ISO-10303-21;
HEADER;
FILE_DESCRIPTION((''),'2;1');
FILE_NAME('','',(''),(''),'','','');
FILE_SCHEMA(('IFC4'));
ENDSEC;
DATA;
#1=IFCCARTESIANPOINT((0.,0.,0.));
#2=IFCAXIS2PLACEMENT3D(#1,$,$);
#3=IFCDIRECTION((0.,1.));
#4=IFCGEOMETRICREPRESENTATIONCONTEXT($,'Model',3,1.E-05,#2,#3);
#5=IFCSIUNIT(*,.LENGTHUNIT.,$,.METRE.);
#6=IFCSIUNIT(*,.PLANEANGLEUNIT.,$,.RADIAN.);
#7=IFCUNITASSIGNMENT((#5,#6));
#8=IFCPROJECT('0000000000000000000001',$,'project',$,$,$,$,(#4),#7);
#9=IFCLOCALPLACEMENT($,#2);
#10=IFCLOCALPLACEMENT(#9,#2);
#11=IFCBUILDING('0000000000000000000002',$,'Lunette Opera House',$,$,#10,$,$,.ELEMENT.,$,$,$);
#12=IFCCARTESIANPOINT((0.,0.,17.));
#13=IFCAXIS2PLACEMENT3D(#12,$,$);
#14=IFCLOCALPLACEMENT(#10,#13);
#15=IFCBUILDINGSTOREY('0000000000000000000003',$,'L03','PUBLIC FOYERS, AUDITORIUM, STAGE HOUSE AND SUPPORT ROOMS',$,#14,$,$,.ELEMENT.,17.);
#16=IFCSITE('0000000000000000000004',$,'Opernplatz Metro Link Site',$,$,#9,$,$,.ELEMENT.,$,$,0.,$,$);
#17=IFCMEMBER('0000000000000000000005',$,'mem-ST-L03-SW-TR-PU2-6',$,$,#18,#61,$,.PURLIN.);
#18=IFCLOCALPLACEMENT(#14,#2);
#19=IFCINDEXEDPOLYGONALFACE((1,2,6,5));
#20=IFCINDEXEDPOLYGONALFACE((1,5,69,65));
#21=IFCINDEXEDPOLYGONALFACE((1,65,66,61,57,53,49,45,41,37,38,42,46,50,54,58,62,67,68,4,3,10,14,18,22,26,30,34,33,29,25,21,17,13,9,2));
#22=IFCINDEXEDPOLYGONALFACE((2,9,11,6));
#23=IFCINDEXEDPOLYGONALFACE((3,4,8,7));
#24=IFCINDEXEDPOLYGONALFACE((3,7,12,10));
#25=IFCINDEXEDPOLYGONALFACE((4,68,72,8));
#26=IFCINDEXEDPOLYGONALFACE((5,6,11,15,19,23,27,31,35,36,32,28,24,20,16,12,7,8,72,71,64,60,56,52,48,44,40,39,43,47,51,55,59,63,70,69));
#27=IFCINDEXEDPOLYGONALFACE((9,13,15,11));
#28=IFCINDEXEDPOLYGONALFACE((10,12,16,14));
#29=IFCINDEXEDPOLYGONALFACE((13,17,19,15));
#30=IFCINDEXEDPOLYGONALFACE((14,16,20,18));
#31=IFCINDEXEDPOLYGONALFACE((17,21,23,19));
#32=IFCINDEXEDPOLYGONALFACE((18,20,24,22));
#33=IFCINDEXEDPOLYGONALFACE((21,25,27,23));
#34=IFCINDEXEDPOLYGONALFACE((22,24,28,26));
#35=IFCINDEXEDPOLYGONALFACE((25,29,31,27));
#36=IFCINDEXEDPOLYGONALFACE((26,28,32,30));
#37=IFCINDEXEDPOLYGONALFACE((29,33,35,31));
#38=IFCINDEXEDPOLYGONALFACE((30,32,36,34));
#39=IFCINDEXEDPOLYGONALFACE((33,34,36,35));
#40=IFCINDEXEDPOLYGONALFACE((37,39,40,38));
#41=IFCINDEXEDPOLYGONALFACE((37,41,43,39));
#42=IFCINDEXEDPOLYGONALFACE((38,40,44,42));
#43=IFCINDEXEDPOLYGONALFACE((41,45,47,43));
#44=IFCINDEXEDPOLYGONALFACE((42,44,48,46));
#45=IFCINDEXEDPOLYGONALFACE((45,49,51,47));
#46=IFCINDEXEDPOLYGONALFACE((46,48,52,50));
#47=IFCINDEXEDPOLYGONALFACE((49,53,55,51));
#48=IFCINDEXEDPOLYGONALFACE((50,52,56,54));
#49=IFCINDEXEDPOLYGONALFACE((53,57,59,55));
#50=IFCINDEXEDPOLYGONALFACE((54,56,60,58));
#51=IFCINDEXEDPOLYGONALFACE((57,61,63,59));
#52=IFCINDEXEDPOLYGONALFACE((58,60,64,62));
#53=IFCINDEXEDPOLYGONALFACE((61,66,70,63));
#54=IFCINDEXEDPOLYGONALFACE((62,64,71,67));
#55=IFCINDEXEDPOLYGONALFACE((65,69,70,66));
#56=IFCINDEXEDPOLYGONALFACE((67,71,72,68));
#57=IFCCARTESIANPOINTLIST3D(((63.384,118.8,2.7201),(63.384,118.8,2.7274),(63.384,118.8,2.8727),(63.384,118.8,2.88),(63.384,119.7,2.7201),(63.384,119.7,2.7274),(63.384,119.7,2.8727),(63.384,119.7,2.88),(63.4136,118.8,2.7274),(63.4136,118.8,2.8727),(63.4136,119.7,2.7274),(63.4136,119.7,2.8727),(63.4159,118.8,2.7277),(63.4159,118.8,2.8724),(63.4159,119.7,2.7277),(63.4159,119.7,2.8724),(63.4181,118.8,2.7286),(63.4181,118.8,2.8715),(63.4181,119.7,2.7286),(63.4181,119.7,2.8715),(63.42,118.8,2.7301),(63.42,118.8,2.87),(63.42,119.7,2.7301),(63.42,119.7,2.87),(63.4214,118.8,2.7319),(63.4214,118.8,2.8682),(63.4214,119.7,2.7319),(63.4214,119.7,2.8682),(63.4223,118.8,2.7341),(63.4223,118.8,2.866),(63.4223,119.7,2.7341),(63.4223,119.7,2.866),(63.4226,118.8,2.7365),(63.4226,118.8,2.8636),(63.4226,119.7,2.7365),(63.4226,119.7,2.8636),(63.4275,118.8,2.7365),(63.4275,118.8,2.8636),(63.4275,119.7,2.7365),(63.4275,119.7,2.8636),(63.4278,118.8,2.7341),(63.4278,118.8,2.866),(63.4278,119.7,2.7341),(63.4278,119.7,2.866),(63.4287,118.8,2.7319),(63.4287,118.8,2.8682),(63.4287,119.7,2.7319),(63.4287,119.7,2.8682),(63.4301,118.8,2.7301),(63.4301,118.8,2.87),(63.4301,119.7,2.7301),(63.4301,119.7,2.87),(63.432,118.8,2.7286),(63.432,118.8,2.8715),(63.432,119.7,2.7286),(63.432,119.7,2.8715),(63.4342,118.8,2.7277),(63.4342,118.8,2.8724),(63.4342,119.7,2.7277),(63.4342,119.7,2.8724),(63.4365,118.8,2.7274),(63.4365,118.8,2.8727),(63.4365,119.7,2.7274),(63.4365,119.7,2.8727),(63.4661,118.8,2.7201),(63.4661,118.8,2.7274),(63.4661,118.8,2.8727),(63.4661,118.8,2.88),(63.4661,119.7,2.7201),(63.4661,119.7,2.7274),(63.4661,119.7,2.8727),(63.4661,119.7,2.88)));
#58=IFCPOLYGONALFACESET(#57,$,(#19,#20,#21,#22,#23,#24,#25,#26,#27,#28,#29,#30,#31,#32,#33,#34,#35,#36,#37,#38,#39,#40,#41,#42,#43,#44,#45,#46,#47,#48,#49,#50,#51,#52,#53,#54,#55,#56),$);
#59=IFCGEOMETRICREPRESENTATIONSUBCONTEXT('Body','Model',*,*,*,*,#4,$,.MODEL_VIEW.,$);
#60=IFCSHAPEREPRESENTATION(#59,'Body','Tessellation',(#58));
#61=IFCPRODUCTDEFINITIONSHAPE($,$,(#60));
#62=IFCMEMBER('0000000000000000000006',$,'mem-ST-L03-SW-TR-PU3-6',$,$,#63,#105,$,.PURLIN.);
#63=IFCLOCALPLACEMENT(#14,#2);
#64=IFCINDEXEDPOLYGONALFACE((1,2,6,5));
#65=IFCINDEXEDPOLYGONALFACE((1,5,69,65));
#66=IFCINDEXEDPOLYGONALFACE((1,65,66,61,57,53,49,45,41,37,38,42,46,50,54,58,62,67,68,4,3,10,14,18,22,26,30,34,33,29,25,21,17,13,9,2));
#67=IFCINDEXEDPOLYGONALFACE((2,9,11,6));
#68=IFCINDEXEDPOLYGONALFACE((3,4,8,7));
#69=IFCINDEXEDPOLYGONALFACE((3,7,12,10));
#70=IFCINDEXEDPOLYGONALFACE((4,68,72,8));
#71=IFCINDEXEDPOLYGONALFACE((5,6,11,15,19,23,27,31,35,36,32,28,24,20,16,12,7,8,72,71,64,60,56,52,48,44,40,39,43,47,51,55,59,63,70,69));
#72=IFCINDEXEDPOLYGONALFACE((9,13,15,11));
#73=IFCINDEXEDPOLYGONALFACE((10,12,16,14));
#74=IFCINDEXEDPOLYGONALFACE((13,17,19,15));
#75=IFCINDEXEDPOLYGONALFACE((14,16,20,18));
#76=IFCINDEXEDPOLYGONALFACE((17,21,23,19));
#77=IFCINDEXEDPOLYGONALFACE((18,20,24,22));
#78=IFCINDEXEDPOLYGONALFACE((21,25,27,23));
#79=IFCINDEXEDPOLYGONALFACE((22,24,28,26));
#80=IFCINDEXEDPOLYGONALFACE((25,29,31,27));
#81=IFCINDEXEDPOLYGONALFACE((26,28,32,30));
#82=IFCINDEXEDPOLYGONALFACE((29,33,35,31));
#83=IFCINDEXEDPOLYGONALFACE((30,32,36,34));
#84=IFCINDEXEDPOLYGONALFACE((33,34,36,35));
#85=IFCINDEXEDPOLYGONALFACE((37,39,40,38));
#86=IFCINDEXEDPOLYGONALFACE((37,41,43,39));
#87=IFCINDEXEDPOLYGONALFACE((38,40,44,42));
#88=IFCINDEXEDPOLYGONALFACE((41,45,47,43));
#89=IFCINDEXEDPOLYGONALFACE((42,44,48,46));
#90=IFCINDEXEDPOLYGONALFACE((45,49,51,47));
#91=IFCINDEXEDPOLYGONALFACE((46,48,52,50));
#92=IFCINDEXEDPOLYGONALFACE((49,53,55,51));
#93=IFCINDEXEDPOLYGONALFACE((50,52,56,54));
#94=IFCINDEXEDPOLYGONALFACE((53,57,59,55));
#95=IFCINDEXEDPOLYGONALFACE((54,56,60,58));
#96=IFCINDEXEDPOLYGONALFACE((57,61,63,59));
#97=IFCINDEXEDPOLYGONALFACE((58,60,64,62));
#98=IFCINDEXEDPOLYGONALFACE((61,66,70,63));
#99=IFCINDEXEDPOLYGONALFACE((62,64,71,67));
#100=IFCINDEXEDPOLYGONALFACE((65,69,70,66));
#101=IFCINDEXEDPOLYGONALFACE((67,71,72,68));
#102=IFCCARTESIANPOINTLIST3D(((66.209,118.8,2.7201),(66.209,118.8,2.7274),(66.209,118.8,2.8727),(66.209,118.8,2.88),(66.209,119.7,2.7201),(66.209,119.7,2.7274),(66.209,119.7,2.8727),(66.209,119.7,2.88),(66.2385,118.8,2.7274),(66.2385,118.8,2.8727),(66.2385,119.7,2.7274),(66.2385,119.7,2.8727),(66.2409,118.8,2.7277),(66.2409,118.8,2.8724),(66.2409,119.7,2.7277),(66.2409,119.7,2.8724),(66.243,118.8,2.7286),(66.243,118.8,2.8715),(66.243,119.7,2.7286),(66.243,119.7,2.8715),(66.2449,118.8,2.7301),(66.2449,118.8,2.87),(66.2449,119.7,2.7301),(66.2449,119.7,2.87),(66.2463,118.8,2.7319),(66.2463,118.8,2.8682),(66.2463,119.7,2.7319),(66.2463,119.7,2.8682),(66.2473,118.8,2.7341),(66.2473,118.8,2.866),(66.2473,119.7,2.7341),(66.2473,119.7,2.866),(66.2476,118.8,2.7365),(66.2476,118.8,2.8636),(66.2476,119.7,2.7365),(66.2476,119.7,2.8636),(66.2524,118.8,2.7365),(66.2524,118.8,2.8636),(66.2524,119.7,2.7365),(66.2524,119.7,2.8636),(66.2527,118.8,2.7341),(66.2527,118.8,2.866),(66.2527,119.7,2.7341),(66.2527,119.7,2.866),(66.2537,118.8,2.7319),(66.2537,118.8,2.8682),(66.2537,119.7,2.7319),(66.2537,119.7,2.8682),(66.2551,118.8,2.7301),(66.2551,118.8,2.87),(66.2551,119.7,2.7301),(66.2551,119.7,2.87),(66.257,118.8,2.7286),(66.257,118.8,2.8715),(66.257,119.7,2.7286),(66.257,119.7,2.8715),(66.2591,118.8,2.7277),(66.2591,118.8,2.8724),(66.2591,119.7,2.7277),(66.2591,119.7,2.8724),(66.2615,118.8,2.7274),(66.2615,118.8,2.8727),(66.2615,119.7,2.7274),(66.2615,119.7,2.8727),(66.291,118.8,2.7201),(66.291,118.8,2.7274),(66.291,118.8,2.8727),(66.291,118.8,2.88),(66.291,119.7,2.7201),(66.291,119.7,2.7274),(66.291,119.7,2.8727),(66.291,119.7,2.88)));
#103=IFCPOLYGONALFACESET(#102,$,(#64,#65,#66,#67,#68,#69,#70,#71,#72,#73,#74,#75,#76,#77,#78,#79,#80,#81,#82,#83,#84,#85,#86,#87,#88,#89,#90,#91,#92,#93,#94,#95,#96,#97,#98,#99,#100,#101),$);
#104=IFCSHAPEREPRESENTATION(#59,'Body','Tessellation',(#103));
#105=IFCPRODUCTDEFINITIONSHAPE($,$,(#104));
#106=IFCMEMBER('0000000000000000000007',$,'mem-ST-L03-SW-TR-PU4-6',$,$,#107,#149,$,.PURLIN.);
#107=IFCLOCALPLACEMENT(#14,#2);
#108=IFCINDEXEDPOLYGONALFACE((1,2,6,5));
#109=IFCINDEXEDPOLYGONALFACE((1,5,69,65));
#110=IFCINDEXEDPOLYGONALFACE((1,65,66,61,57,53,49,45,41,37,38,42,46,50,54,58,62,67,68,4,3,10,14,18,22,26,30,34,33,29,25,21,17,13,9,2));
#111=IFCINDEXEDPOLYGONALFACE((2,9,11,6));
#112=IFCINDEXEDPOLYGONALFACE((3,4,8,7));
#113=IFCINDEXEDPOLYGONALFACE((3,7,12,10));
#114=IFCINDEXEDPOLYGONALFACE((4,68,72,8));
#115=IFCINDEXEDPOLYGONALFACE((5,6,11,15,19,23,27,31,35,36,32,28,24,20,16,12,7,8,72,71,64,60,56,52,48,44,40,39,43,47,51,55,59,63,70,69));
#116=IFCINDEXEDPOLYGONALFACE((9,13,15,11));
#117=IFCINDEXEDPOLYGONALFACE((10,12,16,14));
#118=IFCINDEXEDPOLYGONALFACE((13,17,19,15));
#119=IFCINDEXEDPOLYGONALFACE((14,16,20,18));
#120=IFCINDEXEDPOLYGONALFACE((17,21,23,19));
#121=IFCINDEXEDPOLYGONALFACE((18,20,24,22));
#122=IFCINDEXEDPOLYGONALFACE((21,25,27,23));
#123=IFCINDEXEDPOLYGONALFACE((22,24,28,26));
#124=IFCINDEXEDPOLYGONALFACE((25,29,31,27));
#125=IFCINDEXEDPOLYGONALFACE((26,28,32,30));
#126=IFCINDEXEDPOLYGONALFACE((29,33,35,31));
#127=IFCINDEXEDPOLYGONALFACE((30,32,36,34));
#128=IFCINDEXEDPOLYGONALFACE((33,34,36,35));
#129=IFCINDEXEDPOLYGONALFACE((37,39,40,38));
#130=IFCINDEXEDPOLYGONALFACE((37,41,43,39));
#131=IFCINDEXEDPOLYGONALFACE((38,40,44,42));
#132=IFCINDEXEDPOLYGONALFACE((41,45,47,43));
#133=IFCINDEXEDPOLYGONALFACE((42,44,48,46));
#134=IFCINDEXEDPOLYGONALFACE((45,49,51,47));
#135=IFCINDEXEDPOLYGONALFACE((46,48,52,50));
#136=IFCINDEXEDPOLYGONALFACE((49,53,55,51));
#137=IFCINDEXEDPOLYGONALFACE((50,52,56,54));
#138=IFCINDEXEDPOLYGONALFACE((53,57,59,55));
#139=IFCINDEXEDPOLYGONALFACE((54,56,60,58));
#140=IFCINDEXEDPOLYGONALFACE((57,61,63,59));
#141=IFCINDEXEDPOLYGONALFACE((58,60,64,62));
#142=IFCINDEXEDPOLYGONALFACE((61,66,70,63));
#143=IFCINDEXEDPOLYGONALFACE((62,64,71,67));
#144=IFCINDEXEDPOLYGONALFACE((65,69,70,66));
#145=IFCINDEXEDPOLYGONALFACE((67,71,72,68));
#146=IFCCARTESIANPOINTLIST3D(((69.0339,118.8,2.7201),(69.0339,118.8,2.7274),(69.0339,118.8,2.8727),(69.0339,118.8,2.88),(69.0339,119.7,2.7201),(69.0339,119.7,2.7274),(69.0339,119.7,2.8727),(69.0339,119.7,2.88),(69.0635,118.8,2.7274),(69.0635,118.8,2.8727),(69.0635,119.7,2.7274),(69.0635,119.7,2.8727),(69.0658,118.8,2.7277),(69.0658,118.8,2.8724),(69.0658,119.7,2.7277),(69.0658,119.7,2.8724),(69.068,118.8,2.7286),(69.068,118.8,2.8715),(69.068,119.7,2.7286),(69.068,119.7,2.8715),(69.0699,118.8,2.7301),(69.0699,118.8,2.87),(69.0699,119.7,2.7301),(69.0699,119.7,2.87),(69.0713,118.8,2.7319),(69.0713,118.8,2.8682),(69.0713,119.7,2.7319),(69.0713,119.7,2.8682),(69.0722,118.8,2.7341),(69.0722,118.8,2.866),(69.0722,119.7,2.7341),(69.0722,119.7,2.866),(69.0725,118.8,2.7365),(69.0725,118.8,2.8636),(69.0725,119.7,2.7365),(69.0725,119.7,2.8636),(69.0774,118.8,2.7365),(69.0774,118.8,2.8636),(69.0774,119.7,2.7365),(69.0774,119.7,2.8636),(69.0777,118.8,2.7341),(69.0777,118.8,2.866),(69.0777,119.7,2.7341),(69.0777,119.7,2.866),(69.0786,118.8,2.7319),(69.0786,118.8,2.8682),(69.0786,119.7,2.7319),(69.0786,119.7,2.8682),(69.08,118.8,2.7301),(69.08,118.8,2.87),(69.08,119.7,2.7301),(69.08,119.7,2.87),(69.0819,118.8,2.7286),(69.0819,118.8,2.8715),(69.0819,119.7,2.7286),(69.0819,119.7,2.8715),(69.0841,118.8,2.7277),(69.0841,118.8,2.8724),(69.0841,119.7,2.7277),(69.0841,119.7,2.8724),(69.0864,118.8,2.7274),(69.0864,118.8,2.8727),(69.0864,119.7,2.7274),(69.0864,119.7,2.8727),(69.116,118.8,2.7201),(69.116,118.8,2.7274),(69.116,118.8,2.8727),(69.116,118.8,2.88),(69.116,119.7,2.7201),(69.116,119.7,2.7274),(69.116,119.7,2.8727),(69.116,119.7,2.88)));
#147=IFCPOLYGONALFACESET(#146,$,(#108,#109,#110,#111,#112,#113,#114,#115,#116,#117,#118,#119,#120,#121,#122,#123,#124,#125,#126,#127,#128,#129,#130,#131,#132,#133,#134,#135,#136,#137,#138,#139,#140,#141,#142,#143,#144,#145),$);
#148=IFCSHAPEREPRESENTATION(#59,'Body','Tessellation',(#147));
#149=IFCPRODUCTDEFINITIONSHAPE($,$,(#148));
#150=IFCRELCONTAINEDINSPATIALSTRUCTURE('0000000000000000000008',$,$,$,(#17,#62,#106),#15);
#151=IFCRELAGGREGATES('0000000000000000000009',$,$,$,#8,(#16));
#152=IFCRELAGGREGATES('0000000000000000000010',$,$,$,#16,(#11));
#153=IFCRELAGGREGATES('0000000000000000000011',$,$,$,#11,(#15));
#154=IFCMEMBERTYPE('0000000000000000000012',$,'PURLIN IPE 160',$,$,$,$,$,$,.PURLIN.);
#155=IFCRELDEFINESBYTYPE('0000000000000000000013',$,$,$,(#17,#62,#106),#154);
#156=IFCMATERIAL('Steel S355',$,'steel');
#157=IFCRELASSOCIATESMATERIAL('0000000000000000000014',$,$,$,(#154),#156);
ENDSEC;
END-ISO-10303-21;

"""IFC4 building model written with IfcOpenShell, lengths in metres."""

from ifc_helpers import new_model, si_unit, direction, frame, origin, origin_2d, place, context, subcontext, project, spatial, i_section, extrude, material, material_profile, profile_set, type_object, element, save


model = new_model("IFC4")

# Units and contexts
model_context = context("Model", 3, precision=1e-05, world=origin(), true_north=direction((0.0, 1.0)))
body_context = subcontext(model_context, "Body", "Model", "MODEL_VIEW")
ifc_project = project(units=[si_unit("LENGTHUNIT", "METRE"), si_unit("PLANEANGLEUNIT", "RADIAN")], contexts=[model_context])

# Site, building, storey
site_placement = place(None, origin())
site = spatial("IfcSite", under=ifc_project, at=site_placement, Name="Opernplatz Metro Link Site", CompositionType="ELEMENT", RefElevation=0.0)
building_placement = place(site_placement, origin())
building = spatial("IfcBuilding", under=site, at=building_placement, Name="Lunette Opera House", CompositionType="ELEMENT")
storey_placement = place(building_placement, frame((0.0, 0.0, 17.0)))
storey = spatial("IfcBuildingStorey", under=building, at=storey_placement, Name="L03", Description="PUBLIC FOYERS, AUDITORIUM, STAGE HOUSE AND SUPPORT ROOMS", CompositionType="ELEMENT", Elevation=17.0)

# Members
ifc_material_1 = material(Name="Steel S355", Category="steel")
ifc_material_profile_1 = material_profile(ifc_material_1, i_section(OverallWidth=0.082, OverallDepth=0.1599, WebThickness=0.0049, FlangeThickness=0.0073, FilletRadius=0.009, at=origin_2d()), Name="IPE 160")
ifc_profile_set_1 = profile_set([ifc_material_profile_1], Name="Steel S355")
member_type_1 = type_object("IfcMemberType", Name="PURLIN IPE 160", PredefinedType="PURLIN", material=ifc_profile_set_1)
for number, where, z_axis, x_axis, name in (
    (1, (63.425, 118.8, 2.8), (0.0, 1.0, 0.0), (-1.0, 0.0, 0.0), "mem-ST-L03-SW-TR-PU2-6"),
    (2, (66.25, 118.8, 2.8), (0.0, 1.0, 0.0), (-1.0, 0.0, 0.0), "mem-ST-L03-SW-TR-PU3-6"),
    (3, (69.075, 118.8, 2.8), (0.0, 1.0, 0.0), (-1.0, 0.0, 0.0), "mem-ST-L03-SW-TR-PU4-6"),
):
    element("IfcMember", number, at=place(storey_placement, frame(where, z_axis=z_axis, x_axis=x_axis)), inside=storey, type_object=member_type_1, Name=name, PredefinedType="PURLIN", context=body_context, shape_type="SweptSolid", body=[
        extrude(i_section(OverallWidth=0.082, OverallDepth=0.1599, WebThickness=0.0049, FlangeThickness=0.0073, FilletRadius=0.009, at=origin_2d()), origin(), (0.0, 0.0, 1.0), 0.8999),
    ])

save(model, "model.ifc")
